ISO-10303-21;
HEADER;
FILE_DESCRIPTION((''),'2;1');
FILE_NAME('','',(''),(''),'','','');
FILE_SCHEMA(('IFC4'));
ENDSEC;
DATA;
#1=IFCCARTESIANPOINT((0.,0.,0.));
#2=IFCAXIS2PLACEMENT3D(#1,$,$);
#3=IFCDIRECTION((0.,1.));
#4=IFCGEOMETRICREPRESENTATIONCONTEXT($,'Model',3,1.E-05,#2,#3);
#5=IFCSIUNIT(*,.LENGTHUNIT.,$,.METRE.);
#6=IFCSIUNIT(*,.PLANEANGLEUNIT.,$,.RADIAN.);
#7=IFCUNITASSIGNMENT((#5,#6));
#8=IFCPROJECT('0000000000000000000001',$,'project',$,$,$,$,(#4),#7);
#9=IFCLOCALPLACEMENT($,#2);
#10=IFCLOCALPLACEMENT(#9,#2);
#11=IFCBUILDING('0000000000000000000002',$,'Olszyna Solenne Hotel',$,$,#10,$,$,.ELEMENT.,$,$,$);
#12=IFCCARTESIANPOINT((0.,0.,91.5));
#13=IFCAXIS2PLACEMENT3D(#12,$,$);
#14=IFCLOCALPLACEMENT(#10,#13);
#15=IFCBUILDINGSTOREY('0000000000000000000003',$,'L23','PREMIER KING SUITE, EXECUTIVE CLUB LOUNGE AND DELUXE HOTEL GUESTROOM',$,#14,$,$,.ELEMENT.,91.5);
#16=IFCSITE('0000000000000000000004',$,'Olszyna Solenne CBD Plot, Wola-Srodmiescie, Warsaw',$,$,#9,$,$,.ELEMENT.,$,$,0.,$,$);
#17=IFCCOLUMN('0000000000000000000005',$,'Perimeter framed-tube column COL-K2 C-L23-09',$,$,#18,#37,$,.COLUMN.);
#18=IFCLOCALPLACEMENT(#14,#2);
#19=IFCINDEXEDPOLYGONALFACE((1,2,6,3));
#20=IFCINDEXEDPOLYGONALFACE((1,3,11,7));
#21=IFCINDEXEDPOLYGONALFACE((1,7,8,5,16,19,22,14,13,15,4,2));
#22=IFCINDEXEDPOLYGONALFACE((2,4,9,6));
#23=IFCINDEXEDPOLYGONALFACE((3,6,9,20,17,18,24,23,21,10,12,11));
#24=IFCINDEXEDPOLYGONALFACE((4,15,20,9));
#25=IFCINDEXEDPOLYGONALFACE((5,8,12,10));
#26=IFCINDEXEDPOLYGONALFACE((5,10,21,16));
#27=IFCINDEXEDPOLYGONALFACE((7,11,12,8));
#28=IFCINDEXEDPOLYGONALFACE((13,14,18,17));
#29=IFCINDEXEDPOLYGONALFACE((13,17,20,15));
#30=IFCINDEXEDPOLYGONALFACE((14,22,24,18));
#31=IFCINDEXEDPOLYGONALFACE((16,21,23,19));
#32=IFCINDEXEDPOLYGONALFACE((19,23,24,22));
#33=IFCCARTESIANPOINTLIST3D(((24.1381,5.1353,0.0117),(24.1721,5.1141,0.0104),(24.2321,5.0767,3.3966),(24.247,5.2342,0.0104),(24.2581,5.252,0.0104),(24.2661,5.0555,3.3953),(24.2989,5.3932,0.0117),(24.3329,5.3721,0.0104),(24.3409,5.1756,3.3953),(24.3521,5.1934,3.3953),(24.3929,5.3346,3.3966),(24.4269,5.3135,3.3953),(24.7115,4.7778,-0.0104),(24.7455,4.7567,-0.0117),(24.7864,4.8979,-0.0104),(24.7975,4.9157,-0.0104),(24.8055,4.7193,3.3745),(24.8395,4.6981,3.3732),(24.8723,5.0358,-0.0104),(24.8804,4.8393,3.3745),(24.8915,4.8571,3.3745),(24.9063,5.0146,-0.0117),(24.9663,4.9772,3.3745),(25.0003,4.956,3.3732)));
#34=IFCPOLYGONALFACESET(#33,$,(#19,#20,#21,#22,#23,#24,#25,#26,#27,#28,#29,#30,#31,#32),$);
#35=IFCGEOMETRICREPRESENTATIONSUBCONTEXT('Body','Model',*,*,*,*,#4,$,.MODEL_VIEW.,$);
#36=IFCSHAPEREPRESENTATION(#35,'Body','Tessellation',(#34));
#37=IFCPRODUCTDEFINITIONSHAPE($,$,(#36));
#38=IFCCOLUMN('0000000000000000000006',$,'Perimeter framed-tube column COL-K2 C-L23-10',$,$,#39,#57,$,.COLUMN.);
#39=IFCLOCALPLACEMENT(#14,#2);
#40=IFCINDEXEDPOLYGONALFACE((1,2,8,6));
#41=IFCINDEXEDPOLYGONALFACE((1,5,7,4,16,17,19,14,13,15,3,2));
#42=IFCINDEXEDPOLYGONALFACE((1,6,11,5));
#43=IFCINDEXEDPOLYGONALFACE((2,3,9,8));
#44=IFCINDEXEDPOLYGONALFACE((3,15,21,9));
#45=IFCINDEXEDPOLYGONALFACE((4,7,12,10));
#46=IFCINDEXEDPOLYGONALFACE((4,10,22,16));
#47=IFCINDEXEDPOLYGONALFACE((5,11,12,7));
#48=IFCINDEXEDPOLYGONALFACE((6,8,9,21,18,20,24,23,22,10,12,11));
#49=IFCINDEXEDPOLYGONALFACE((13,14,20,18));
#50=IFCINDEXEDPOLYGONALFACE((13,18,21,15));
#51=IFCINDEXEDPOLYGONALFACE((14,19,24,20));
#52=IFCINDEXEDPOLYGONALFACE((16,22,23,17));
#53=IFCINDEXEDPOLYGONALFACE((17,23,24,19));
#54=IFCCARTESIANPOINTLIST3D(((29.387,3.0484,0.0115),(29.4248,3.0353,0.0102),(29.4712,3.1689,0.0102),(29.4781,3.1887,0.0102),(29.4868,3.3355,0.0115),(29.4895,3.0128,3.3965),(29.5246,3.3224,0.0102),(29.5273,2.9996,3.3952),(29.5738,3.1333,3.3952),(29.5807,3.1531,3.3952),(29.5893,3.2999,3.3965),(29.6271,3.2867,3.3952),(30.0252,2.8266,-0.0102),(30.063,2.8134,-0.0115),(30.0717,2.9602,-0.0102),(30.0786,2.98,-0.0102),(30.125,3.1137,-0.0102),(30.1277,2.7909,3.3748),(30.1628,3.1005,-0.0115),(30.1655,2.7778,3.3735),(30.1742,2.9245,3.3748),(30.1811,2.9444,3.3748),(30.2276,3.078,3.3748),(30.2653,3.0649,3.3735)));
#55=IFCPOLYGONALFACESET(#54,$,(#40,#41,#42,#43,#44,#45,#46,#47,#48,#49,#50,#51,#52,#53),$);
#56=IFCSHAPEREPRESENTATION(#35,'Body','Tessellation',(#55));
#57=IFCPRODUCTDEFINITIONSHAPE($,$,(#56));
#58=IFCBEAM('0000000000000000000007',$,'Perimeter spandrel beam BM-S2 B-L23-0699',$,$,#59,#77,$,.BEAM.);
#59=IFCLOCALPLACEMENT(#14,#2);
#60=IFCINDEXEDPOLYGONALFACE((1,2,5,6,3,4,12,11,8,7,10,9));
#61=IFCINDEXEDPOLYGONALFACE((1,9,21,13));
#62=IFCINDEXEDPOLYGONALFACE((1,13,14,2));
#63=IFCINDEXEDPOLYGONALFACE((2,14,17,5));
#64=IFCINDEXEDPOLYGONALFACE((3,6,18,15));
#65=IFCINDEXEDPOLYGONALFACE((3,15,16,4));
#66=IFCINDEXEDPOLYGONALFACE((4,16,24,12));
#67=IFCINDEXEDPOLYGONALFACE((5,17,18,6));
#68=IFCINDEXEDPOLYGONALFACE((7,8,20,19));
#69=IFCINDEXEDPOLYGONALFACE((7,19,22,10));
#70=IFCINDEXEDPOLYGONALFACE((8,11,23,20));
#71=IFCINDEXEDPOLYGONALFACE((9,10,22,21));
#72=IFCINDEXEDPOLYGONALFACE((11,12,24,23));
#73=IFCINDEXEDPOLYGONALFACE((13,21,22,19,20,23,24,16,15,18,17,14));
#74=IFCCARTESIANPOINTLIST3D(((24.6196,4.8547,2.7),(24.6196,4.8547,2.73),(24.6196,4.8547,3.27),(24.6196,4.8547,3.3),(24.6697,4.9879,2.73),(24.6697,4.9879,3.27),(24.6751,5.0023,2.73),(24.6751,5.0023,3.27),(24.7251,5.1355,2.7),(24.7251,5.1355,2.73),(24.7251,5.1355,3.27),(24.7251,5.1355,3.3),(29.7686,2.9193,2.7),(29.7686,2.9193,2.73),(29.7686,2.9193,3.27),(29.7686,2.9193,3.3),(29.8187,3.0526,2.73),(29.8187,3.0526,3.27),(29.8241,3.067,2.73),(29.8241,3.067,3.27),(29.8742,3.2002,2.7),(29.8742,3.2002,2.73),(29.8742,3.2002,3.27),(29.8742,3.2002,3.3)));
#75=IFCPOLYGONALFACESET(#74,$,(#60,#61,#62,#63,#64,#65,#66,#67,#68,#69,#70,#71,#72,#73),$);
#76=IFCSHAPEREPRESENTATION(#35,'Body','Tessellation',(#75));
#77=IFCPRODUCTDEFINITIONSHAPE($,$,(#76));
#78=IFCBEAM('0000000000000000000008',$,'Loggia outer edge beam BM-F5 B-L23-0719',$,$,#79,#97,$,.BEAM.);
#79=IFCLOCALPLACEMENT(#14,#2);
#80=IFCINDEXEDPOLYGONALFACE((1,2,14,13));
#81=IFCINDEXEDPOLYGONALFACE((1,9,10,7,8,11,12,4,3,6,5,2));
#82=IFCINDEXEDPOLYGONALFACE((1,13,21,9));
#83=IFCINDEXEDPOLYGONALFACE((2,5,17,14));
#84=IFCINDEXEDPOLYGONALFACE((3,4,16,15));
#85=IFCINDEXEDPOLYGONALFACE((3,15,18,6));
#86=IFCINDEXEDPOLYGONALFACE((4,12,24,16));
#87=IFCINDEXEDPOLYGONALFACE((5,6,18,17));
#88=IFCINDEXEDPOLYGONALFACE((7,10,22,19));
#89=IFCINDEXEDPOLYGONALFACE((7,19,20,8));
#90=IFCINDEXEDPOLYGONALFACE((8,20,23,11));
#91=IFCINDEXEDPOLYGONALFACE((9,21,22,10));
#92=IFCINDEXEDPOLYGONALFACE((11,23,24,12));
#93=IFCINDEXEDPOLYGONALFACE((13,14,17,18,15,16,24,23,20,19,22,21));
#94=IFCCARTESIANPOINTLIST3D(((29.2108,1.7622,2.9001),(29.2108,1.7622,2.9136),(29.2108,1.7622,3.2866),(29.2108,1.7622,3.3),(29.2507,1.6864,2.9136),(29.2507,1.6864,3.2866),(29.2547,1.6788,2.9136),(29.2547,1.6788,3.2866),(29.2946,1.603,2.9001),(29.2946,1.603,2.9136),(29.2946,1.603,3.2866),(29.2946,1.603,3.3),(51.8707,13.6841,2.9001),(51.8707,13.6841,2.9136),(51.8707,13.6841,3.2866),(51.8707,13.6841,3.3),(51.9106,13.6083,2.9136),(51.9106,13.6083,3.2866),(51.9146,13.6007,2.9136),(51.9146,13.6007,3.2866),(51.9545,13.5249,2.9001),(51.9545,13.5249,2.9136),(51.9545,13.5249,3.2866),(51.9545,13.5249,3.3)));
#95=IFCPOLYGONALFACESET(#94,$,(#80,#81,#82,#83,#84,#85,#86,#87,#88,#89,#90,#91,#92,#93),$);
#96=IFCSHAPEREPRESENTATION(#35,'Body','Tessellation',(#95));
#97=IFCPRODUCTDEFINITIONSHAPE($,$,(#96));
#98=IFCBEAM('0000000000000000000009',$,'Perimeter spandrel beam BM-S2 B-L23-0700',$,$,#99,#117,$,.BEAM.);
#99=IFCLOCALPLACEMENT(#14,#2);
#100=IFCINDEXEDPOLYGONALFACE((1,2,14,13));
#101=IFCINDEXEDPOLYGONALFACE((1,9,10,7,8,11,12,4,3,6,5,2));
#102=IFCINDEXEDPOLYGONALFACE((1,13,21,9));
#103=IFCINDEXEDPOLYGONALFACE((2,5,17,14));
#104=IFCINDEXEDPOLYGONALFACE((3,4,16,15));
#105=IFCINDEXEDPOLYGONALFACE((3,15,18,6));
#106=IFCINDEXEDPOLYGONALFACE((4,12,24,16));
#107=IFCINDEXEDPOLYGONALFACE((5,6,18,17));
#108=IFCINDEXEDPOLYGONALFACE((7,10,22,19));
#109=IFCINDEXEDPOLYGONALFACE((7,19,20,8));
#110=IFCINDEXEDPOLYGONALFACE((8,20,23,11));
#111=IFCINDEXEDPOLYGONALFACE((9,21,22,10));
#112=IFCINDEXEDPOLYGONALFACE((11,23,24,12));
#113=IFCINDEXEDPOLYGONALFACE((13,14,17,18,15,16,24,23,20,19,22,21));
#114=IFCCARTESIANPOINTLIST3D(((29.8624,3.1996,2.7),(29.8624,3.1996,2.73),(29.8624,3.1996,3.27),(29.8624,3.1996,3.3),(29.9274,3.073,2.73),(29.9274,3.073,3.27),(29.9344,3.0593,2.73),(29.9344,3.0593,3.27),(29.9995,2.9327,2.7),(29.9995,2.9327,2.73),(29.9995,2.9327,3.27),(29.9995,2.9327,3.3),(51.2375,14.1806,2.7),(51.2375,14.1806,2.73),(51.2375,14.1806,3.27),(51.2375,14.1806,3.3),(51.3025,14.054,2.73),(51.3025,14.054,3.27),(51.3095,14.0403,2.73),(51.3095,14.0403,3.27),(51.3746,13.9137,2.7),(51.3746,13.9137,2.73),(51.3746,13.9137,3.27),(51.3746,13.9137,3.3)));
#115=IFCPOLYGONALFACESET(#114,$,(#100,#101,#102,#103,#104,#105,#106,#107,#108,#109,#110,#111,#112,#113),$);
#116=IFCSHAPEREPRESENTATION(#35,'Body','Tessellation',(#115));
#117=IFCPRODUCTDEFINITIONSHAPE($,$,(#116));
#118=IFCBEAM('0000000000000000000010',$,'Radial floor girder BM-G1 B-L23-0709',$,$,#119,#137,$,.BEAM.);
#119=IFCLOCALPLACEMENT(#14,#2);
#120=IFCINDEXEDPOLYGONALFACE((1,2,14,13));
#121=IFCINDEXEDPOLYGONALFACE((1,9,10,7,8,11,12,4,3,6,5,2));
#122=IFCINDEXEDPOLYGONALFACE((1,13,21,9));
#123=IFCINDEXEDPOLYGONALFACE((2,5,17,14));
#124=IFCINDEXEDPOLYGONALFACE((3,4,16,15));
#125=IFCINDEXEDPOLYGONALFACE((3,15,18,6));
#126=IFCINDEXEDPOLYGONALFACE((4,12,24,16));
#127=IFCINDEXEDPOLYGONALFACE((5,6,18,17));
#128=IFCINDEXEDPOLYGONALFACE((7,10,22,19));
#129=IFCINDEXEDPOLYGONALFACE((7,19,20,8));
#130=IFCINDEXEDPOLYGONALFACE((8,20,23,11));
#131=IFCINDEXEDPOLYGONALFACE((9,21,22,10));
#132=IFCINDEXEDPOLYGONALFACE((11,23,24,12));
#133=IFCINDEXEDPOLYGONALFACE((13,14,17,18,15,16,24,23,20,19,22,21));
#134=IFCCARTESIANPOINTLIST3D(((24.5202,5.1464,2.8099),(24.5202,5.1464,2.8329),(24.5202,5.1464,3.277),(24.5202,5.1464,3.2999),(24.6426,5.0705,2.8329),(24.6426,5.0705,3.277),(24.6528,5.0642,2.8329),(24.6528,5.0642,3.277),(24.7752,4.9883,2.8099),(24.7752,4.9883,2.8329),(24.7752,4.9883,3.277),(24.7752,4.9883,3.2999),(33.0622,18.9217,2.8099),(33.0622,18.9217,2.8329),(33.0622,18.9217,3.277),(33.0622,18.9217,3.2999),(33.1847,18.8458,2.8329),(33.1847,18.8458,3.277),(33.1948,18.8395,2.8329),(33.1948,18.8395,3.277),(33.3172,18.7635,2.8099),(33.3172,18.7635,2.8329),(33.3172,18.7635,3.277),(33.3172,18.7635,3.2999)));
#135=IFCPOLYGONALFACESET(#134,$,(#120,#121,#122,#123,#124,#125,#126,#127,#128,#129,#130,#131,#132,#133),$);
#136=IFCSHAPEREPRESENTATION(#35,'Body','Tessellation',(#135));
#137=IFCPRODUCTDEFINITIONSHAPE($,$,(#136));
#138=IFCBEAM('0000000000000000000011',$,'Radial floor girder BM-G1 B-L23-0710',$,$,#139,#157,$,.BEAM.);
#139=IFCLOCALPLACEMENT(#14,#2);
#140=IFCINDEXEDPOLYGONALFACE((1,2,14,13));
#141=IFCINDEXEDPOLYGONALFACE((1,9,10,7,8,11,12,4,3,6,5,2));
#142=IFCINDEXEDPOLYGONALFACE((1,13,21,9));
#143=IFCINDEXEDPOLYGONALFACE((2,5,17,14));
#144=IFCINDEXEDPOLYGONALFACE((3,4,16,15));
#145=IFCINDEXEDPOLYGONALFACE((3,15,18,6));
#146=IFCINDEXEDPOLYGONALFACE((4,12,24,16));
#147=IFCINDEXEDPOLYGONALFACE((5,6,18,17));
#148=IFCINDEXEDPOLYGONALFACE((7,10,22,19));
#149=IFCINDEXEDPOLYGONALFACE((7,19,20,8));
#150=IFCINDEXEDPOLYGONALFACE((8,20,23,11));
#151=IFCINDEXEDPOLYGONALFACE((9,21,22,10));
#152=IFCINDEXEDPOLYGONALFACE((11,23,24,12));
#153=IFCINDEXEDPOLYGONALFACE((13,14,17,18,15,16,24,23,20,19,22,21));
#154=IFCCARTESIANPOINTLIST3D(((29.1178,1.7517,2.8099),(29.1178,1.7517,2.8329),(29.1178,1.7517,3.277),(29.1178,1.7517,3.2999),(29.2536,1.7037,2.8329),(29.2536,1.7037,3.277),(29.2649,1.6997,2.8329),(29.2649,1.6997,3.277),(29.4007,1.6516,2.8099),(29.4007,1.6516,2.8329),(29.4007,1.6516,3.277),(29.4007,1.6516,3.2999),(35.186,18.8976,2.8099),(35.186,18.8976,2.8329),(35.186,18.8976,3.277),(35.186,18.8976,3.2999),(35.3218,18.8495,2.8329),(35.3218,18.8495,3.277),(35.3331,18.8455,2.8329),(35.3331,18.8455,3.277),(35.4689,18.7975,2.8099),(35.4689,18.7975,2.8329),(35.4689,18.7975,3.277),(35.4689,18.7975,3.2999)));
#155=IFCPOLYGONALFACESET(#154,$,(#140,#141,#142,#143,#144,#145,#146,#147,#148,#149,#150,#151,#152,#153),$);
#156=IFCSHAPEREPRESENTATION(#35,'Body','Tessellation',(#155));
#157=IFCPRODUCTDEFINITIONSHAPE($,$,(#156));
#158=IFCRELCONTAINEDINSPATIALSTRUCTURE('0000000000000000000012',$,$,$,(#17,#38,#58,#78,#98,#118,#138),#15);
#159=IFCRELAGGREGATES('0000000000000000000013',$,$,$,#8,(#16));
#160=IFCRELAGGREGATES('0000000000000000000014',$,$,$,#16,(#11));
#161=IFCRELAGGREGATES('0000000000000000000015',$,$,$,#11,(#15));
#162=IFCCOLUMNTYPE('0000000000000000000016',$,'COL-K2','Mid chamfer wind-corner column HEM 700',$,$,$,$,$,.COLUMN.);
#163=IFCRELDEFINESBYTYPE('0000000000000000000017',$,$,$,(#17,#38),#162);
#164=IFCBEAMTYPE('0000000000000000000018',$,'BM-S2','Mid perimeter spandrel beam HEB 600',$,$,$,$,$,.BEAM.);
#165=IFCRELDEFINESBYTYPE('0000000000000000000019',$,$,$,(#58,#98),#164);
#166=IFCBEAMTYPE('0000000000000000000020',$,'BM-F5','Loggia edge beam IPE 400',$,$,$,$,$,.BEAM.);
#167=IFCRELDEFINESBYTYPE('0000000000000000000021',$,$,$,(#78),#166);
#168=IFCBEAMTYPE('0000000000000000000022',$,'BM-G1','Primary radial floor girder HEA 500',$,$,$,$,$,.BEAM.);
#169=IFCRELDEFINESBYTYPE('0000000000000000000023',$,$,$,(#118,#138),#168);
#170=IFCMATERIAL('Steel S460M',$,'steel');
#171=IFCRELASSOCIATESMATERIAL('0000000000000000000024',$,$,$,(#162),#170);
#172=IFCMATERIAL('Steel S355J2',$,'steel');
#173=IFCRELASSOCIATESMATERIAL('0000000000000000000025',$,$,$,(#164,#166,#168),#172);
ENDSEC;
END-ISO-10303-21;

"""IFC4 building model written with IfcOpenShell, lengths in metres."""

from ifc_helpers import new_model, si_unit, direction, frame, origin, origin_2d, place, context, subcontext, project, spatial, i_section, extrude, source, transform, mapped, material, material_profile, profile_set, type_object, element, save


model = new_model("IFC4")

# Units and contexts
model_context = context("Model", 3, precision=1e-05, world=origin(), true_north=direction((0.0, 1.0)))
body_context = subcontext(model_context, "Body", "Model", "MODEL_VIEW")
ifc_project = project(units=[si_unit("LENGTHUNIT", "METRE"), si_unit("PLANEANGLEUNIT", "RADIAN")], contexts=[model_context])

# Site, building, storey
site_placement = place(None, origin())
site = spatial("IfcSite", under=ifc_project, at=site_placement, Name="Olszyna Solenne CBD Plot, Wola-Srodmiescie, Warsaw", CompositionType="ELEMENT", RefElevation=0.0)
building_placement = place(site_placement, origin())
building = spatial("IfcBuilding", under=site, at=building_placement, Name="Olszyna Solenne Hotel", CompositionType="ELEMENT")
storey_placement = place(building_placement, frame((0.0, 0.0, 91.5)))
storey = spatial("IfcBuildingStorey", under=building, at=storey_placement, Name="L23", Description="PREMIER KING SUITE, EXECUTIVE CLUB LOUNGE AND DELUXE HOTEL GUESTROOM", CompositionType="ELEMENT", Elevation=91.5)

# Columns
ifc_material_1 = material(Name="Steel S460M", Category="steel")
ifc_material_profile_1 = material_profile(ifc_material_1, i_section(OverallWidth=0.304, OverallDepth=0.7161, WebThickness=0.021, FlangeThickness=0.04, at=origin_2d()), Name="HEM 700", Category="load-bearing")
ifc_profile_set_1 = profile_set([ifc_material_profile_1], Name="Steel S460M")
column_type = type_object("IfcColumnType", Name="COL-K2", Description="Mid chamfer wind-corner column HEM 700", PredefinedType="COLUMN", material=ifc_profile_set_1)
shared_shape_1 = source(origin(), body_context, "Body", "SweptSolid", [
    extrude(i_section(OverallWidth=0.304, OverallDepth=0.7161, WebThickness=0.021, FlangeThickness=0.04, at=origin_2d()), origin(), (0.0, 0.0, 1.0), 3.3867),
])
for number, where, z_axis, x_axis, name in (
    (1, (24.5222, 5.075, 0.0), (0.027753, -0.017301, 0.999465), (0.529008, 0.848617, 0.0), "Perimeter framed-tube column COL-K2 C-L23-09"),
    (2, (29.7749, 3.0745, 0.0), (0.030277, -0.010525, 0.999486), (0.328346, 0.944557, 0.0), "Perimeter framed-tube column COL-K2 C-L23-10"),
):
    element("IfcColumn", number, at=place(storey_placement, frame(where, z_axis=z_axis, x_axis=x_axis)), inside=storey, type_object=column_type, Name=name, PredefinedType="COLUMN", context=body_context, shape_type="MappedRepresentation", body=[
        mapped(shared_shape_1, transform((0.0, 0.0, 0.0), x_axis=(1.0, 0.0, 0.0), y_axis=(0.0, 1.0, 0.0), z_axis=(0.0, 0.0, 1.0), scale=1.0)),
    ])

# Beams
ifc_material_2 = material(Name="Steel S355J2", Category="steel")
ifc_material_profile_2 = material_profile(ifc_material_2, i_section(OverallWidth=0.3, OverallDepth=0.6001, WebThickness=0.0154, FlangeThickness=0.03, at=origin_2d()), Name="HEB 600", Category="load-bearing")
ifc_profile_set_2 = profile_set([ifc_material_profile_2], Name="Steel S355J2")
beam_type_1 = type_object("IfcBeamType", Name="BM-S2", Description="Mid perimeter spandrel beam HEB 600", PredefinedType="BEAM", material=ifc_profile_set_2)
shared_shape_2 = source(origin(), body_context, "Body", "SweptSolid", [
    extrude(i_section(OverallWidth=0.3, OverallDepth=0.6001, WebThickness=0.0154, FlangeThickness=0.03, at=origin_2d()), origin(), (0.0, 0.0, 1.0), 5.5007),
])
beam_1_placement = place(storey_placement, frame((24.6724, 4.9951, 3.0), z_axis=(0.936063, -0.351833, 0.0), x_axis=(0.351833, 0.936063, 0.0)))
element("IfcBeam", 3, at=beam_1_placement, inside=storey, type_object=beam_type_1, Name="Perimeter spandrel beam BM-S2 B-L23-0699", PredefinedType="BEAM", context=body_context, shape_type="MappedRepresentation", body=[
    mapped(shared_shape_2, transform((0.0, 0.0, 0.0), x_axis=(1.0, 0.0, 0.0), y_axis=(0.0, 1.0, 0.0), z_axis=(0.0, 0.0, 1.0), scale=1.0)),
])
ifc_material_profile_3 = material_profile(ifc_material_2, i_section(OverallWidth=0.1799, OverallDepth=0.3999, WebThickness=0.0085, FlangeThickness=0.0134, at=origin_2d()), Name="IPE 400", Category="load-bearing")
ifc_profile_set_3 = profile_set([ifc_material_profile_3], Name="Steel S355J2")
beam_type_2 = type_object("IfcBeamType", Name="BM-F5", Description="Loggia edge beam IPE 400", PredefinedType="BEAM", material=ifc_profile_set_3)
shared_shape_3 = source(origin(), body_context, "Body", "SweptSolid", [
    extrude(i_section(OverallWidth=0.1799, OverallDepth=0.3999, WebThickness=0.0085, FlangeThickness=0.0134, at=origin_2d()), origin(), (0.0, 0.0, 1.0), 25.6047),
])
beam_2_placement = place(storey_placement, frame((29.2527, 1.6826, 3.1001), z_axis=(0.884989, 0.465612, 0.0), x_axis=(-0.465612, 0.884989, 0.0)))
element("IfcBeam", 4, at=beam_2_placement, inside=storey, type_object=beam_type_2, Name="Loggia outer edge beam BM-F5 B-L23-0719", PredefinedType="BEAM", context=body_context, shape_type="MappedRepresentation", body=[
    mapped(shared_shape_3, transform((0.0, 0.0, 0.0), x_axis=(1.0, 0.0, 0.0), y_axis=(0.0, 1.0, 0.0), z_axis=(0.0, 0.0, 1.0), scale=1.0)),
])
shared_shape_4 = source(origin(), body_context, "Body", "SweptSolid", [
    extrude(i_section(OverallWidth=0.3, OverallDepth=0.6001, WebThickness=0.0154, FlangeThickness=0.03, at=origin_2d()), origin(), (0.0, 0.0, 1.0), 24.0308),
])
beam_3_placement = place(storey_placement, frame((29.9309, 3.0662, 3.0), z_axis=(0.889489, 0.456956, 0.0), x_axis=(-0.456956, 0.889489, 0.0)))
element("IfcBeam", 5, at=beam_3_placement, inside=storey, type_object=beam_type_1, Name="Perimeter spandrel beam BM-S2 B-L23-0700", PredefinedType="BEAM", context=body_context, shape_type="MappedRepresentation", body=[
    mapped(shared_shape_4, transform((0.0, 0.0, 0.0), x_axis=(1.0, 0.0, 0.0), y_axis=(0.0, 1.0, 0.0), z_axis=(0.0, 0.0, 1.0), scale=1.0)),
])
ifc_material_profile_4 = material_profile(ifc_material_2, i_section(OverallWidth=0.3, OverallDepth=0.49, WebThickness=0.012, FlangeThickness=0.0229, at=origin_2d()), Name="HEA 500", Category="load-bearing")
ifc_profile_set_4 = profile_set([ifc_material_profile_4], Name="Steel S355J2")
beam_type_3 = type_object("IfcBeamType", Name="BM-G1", Description="Primary radial floor girder HEA 500", PredefinedType="BEAM", material=ifc_profile_set_4)
shared_shape_5 = source(origin(), body_context, "Body", "SweptSolid", [
    extrude(i_section(OverallWidth=0.3, OverallDepth=0.49, WebThickness=0.012, FlangeThickness=0.0229, at=origin_2d()), origin(), (0.0, 0.0, 1.0), 16.2087),
])
beam_4_placement = place(storey_placement, frame((24.6477, 5.0674, 3.0549), z_axis=(0.527002, 0.849864, 0.0), x_axis=(-0.849864, 0.527002, 0.0)))
element("IfcBeam", 6, at=beam_4_placement, inside=storey, type_object=beam_type_3, Name="Radial floor girder BM-G1 B-L23-0709", PredefinedType="BEAM", context=body_context, shape_type="MappedRepresentation", body=[
    mapped(shared_shape_5, transform((0.0, 0.0, 0.0), x_axis=(1.0, 0.0, 0.0), y_axis=(0.0, 1.0, 0.0), z_axis=(0.0, 0.0, 1.0), scale=1.0)),
])
shared_shape_6 = source(origin(), body_context, "Body", "SweptSolid", [
    extrude(i_section(OverallWidth=0.3, OverallDepth=0.49, WebThickness=0.012, FlangeThickness=0.0229, at=origin_2d()), origin(), (0.0, 0.0, 1.0), 18.188),
])
beam_5_placement = place(storey_placement, frame((29.2593, 1.7017, 3.0549), z_axis=(0.333635, 0.942702, 0.0), x_axis=(-0.942702, 0.333635, 0.0)))
element("IfcBeam", 7, at=beam_5_placement, inside=storey, type_object=beam_type_3, Name="Radial floor girder BM-G1 B-L23-0710", PredefinedType="BEAM", context=body_context, shape_type="MappedRepresentation", body=[
    mapped(shared_shape_6, transform((0.0, 0.0, 0.0), x_axis=(1.0, 0.0, 0.0), y_axis=(0.0, 1.0, 0.0), z_axis=(0.0, 0.0, 1.0), scale=1.0)),
])

save(model, "model.ifc")
